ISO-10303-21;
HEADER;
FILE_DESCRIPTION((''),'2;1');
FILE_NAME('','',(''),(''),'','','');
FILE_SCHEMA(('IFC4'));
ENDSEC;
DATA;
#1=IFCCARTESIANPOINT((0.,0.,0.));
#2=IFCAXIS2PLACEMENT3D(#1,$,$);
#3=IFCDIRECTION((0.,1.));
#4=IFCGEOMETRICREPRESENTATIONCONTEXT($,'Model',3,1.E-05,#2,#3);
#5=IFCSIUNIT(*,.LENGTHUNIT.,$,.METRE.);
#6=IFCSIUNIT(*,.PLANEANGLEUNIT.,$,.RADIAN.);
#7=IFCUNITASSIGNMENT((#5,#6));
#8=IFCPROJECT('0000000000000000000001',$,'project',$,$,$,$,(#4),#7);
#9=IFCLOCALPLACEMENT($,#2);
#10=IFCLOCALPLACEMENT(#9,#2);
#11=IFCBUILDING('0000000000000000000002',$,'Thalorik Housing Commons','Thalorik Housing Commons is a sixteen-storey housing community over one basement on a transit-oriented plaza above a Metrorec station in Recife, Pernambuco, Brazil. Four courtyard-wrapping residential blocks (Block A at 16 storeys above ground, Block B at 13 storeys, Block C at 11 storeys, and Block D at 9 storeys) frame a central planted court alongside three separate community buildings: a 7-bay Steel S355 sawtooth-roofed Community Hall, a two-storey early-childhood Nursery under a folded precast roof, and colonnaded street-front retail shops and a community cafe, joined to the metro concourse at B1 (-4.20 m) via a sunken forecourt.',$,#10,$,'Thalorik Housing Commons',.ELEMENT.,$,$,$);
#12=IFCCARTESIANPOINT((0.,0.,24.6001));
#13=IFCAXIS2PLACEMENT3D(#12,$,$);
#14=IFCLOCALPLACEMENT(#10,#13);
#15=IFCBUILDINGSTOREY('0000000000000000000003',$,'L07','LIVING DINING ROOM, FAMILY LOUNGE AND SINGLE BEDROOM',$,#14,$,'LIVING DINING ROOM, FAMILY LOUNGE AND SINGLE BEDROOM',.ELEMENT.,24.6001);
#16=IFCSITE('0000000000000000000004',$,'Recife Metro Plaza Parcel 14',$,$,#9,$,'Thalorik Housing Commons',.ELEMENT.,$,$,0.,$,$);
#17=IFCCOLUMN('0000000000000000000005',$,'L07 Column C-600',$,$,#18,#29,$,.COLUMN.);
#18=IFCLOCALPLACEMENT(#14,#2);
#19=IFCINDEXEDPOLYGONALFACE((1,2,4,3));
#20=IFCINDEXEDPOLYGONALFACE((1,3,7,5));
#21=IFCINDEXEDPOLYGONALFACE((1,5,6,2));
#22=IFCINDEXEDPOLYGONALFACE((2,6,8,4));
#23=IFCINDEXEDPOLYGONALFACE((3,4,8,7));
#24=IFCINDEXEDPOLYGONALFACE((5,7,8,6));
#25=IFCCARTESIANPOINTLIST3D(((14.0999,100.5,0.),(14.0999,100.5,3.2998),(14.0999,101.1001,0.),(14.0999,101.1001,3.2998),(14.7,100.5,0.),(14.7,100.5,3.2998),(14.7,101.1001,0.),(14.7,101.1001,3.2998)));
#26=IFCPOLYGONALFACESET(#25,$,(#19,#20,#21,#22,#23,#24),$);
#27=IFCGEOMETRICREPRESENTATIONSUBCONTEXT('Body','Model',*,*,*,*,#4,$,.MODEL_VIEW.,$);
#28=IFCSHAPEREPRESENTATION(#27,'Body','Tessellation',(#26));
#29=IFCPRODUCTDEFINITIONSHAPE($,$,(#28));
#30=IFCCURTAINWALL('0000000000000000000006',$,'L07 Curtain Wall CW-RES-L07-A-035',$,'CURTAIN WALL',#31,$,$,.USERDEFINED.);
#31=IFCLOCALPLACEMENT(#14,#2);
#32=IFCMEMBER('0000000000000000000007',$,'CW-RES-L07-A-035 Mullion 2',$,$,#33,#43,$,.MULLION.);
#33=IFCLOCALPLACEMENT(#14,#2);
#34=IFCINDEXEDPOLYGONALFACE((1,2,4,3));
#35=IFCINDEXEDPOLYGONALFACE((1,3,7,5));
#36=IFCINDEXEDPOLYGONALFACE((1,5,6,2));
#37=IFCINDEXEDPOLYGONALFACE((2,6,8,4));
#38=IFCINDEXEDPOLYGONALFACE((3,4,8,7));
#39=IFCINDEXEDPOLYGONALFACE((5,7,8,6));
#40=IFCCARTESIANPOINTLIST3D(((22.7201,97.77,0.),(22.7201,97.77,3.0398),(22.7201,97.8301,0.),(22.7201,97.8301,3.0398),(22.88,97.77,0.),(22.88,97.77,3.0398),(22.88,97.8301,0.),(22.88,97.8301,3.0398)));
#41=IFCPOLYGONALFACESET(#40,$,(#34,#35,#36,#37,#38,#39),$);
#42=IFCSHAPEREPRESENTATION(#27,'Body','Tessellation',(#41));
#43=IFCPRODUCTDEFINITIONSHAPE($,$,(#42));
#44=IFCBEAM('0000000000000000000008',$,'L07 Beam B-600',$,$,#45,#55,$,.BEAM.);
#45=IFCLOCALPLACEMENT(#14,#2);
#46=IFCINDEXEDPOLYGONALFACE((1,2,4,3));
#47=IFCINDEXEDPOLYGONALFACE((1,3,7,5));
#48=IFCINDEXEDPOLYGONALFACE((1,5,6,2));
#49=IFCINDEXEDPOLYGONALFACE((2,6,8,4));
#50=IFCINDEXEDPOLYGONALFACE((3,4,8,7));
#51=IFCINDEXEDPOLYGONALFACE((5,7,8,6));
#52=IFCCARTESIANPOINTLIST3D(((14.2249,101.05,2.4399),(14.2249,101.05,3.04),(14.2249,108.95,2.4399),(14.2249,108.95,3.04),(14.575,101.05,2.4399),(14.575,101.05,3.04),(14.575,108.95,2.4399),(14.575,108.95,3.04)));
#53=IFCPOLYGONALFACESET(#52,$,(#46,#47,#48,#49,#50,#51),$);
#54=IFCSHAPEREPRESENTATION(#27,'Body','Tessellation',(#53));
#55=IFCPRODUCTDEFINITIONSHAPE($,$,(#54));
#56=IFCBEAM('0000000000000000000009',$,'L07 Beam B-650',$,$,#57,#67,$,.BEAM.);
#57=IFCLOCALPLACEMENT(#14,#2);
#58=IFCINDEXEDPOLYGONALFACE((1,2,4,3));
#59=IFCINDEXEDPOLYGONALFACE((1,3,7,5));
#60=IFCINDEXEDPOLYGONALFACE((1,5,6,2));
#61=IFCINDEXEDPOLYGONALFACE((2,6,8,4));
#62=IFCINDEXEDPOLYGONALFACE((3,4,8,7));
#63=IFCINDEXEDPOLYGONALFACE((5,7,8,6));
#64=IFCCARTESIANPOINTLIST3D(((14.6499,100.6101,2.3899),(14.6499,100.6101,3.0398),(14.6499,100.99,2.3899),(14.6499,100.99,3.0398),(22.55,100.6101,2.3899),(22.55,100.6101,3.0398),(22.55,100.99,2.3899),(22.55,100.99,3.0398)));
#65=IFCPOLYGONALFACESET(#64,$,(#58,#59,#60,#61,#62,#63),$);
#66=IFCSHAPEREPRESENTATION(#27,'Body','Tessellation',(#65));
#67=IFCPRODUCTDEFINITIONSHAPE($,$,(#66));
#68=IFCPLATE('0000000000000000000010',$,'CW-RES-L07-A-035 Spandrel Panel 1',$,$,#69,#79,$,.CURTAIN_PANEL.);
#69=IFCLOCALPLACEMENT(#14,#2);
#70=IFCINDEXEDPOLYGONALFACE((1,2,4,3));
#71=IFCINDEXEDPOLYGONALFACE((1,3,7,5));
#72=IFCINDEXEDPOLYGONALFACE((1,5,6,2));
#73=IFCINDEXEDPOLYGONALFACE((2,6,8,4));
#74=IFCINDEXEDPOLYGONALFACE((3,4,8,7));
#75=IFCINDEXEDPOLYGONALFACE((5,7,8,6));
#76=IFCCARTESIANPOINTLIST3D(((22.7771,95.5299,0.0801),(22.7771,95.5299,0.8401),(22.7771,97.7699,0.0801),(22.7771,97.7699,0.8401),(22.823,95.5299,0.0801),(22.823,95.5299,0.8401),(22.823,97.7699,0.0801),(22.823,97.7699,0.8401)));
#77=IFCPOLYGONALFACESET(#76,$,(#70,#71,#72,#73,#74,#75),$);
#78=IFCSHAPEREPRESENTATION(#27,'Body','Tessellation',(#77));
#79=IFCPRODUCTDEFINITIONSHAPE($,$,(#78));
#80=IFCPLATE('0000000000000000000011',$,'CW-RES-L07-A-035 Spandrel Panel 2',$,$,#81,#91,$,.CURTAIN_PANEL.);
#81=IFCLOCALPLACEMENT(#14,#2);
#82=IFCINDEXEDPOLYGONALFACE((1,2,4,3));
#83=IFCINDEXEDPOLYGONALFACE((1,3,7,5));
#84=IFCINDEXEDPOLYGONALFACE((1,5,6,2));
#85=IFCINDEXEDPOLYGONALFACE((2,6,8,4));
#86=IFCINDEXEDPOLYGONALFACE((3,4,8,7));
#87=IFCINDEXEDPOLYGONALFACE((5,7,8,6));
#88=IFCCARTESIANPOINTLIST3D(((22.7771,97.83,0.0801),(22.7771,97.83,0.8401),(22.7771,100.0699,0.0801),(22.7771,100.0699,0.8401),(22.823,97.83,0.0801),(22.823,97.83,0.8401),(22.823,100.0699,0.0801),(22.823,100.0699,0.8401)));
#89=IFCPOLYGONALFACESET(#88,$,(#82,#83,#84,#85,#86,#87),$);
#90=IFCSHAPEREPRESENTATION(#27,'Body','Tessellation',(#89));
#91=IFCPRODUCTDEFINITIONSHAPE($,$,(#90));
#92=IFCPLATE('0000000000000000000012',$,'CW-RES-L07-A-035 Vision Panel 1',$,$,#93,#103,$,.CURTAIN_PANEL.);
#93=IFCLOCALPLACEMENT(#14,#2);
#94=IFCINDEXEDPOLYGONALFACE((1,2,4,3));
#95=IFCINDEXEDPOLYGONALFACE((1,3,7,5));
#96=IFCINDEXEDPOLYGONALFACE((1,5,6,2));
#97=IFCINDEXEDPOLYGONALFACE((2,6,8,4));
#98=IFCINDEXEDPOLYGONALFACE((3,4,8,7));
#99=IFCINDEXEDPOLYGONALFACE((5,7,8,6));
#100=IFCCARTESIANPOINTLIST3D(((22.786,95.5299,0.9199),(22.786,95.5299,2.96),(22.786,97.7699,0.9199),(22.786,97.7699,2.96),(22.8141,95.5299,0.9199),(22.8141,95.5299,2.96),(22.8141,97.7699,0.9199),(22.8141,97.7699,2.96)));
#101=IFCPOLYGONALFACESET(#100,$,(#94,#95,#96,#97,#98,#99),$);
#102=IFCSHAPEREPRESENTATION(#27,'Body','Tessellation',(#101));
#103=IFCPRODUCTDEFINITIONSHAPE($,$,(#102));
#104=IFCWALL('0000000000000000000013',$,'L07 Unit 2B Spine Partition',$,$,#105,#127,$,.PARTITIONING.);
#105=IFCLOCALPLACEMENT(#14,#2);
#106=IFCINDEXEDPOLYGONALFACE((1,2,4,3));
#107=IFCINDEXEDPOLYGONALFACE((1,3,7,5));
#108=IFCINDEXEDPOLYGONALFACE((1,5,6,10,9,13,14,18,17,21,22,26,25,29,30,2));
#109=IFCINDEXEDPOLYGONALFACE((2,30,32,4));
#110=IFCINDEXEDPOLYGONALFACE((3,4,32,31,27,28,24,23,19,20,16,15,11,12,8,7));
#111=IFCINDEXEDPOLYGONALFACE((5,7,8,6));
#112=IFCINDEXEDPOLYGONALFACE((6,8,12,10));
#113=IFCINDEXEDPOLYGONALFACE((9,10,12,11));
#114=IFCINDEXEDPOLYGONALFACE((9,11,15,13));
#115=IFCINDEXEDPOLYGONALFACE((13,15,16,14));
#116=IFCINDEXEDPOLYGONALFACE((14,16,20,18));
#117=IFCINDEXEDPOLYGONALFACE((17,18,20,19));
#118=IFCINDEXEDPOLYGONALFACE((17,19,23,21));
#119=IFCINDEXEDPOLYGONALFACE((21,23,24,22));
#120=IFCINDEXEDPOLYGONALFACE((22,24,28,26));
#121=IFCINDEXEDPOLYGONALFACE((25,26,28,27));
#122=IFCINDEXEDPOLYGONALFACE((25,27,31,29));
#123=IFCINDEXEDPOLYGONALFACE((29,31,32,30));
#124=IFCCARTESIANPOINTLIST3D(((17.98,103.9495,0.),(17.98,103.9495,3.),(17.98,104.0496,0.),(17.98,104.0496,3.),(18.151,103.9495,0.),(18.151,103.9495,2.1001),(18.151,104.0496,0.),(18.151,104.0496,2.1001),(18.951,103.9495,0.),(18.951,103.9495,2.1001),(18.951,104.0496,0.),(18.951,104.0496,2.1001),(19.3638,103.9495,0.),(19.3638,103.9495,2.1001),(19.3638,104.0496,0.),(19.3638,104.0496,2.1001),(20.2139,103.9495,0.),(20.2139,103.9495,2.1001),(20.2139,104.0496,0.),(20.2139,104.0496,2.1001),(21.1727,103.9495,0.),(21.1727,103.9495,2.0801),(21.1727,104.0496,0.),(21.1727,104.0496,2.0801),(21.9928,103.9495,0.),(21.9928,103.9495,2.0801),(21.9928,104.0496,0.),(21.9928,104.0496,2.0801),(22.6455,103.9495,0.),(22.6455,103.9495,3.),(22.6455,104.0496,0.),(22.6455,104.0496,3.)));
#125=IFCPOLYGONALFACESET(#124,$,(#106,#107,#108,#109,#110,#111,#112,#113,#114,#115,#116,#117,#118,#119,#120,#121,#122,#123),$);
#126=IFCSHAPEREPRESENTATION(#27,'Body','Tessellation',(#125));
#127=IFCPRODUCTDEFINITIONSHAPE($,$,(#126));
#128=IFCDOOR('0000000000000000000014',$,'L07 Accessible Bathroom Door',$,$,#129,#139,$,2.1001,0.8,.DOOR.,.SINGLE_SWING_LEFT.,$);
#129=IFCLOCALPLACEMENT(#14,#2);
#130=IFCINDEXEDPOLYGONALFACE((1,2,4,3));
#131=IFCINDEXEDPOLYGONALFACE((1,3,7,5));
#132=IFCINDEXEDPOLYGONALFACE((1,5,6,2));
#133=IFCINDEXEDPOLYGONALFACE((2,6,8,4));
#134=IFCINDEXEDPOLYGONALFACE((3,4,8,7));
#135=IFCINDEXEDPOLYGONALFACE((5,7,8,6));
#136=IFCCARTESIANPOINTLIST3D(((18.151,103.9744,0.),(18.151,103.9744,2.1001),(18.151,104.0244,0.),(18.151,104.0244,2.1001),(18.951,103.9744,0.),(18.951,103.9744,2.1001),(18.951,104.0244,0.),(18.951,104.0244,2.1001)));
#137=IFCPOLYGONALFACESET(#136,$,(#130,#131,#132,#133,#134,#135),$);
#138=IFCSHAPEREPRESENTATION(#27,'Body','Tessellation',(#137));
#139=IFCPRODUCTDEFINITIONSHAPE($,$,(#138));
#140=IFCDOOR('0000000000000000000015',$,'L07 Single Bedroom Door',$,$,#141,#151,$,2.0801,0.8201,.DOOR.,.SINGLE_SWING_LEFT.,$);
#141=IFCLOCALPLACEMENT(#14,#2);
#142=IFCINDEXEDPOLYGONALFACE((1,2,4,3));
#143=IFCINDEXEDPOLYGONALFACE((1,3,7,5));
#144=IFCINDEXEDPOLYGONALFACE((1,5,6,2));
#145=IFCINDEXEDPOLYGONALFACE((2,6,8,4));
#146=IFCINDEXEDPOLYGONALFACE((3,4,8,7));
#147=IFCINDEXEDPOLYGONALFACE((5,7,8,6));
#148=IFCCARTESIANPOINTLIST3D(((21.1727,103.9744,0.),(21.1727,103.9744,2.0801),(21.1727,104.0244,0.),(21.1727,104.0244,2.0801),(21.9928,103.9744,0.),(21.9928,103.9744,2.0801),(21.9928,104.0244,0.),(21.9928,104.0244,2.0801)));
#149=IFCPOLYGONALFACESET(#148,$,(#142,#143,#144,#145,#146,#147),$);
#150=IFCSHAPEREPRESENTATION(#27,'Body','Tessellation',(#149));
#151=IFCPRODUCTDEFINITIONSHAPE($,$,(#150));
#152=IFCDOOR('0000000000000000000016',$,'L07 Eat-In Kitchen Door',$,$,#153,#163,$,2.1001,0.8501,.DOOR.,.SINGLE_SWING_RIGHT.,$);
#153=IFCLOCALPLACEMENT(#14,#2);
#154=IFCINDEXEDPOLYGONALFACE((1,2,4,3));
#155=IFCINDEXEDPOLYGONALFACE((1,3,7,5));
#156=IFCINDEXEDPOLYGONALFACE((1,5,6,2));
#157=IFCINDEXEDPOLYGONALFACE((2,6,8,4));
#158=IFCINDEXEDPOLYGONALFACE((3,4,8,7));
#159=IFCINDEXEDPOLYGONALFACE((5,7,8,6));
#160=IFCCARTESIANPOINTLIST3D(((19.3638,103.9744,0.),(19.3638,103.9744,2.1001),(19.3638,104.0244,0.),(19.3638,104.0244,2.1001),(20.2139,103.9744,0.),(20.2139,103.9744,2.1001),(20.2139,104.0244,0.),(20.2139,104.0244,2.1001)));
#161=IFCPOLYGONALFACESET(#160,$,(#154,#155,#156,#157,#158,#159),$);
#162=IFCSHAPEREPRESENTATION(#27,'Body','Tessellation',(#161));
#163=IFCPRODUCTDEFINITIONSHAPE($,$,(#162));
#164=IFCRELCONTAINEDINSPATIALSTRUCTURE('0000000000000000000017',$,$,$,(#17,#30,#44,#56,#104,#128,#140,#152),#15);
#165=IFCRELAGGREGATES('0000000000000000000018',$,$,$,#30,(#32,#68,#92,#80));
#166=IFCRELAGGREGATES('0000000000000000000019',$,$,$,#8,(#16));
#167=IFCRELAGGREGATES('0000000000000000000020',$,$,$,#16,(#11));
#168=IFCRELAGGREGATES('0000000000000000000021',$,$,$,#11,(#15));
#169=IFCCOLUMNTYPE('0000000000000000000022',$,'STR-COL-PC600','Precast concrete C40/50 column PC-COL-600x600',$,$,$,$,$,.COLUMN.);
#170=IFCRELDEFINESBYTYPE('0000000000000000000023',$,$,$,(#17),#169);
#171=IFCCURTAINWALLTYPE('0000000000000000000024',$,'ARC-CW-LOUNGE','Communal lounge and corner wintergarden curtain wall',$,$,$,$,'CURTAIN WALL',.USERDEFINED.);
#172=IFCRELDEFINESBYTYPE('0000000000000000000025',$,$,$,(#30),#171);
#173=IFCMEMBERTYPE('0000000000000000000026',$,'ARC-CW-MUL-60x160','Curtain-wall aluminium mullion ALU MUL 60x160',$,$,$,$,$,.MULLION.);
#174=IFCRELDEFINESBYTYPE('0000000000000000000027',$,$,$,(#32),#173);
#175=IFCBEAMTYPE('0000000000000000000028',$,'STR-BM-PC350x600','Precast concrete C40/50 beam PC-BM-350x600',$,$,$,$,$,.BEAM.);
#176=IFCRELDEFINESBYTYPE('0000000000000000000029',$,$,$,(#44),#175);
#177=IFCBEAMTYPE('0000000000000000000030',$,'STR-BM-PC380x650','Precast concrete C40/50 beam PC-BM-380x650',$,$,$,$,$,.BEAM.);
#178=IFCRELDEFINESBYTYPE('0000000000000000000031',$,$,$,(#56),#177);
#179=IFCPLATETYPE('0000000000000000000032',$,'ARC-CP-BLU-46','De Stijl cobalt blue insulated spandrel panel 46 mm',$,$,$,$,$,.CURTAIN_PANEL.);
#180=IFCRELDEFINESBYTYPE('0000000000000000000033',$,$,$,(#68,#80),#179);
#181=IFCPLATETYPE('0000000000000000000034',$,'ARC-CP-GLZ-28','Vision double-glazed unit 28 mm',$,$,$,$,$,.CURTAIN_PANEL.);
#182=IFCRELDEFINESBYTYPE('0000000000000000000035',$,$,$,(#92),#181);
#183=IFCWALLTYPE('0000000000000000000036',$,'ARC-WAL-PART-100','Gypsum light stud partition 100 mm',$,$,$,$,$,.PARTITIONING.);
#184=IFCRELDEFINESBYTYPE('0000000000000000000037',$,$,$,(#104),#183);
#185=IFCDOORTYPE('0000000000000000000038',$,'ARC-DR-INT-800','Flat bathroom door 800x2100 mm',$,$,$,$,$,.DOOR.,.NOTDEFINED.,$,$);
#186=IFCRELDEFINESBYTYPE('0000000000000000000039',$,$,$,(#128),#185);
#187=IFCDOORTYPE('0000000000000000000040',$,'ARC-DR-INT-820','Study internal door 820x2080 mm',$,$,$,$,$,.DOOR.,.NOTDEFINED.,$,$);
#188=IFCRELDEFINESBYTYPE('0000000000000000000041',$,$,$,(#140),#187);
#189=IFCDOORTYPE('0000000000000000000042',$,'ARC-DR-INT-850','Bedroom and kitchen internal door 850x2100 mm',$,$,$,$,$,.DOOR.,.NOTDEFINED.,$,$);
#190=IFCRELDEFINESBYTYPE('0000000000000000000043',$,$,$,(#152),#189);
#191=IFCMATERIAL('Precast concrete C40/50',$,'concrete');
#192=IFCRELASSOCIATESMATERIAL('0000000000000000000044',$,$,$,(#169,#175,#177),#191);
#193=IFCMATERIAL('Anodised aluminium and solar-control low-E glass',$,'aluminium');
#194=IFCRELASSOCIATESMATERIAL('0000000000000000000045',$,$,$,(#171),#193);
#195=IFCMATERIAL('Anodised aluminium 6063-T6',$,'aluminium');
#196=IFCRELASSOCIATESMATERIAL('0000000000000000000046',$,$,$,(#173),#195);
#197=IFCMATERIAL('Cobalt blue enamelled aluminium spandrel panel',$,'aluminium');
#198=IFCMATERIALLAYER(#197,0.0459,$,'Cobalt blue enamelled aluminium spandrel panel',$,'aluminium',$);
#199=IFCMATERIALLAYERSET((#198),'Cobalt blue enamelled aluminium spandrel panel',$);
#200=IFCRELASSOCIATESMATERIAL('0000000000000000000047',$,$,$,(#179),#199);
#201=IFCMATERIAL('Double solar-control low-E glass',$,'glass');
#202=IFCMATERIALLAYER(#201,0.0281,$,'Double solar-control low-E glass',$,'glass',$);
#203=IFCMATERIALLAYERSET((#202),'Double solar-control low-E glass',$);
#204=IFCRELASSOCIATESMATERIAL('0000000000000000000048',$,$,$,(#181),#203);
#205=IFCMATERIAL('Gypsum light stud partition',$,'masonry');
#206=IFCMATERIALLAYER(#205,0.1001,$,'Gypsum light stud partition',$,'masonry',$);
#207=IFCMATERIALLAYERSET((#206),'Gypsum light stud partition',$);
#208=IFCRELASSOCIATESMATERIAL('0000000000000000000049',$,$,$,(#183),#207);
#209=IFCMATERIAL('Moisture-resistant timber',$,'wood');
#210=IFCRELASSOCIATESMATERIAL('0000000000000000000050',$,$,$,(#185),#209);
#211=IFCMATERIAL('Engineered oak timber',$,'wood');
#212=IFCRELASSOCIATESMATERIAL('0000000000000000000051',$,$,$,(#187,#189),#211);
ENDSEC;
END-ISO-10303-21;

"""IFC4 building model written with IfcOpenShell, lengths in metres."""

from ifc_helpers import new_model, si_unit, direction, frame, frame_2d, origin, origin_2d, place, context, subcontext, project, spatial, rectangle, extrude, material, layer, layer_set, material_profile, profile_set, type_object, element, fill, aggregate, save


model = new_model("IFC4")

# Units and contexts
model_context = context("Model", 3, precision=1e-05, world=origin(), true_north=direction((0.0, 1.0)))
body_context = subcontext(model_context, "Body", "Model", "MODEL_VIEW")
ifc_project = project(units=[si_unit("LENGTHUNIT", "METRE"), si_unit("PLANEANGLEUNIT", "RADIAN")], contexts=[model_context])

# Site, building, storey
site_placement = place(None, origin())
site = spatial("IfcSite", under=ifc_project, at=site_placement, Name="Recife Metro Plaza Parcel 14", LongName="Thalorik Housing Commons", CompositionType="ELEMENT", RefElevation=0.0)
building_placement = place(site_placement, origin())
building = spatial("IfcBuilding", under=site, at=building_placement, Name="Thalorik Housing Commons", Description="Thalorik Housing Commons is a sixteen-storey housing community over one basement on a transit-oriented plaza above a Metrorec station in Recife, Pernambuco, Brazil. Four courtyard-wrapping residential blocks (Block A at 16 storeys above ground, Block B at 13 storeys, Block C at 11 storeys, and Block D at 9 storeys) frame a central planted court alongside three separate community buildings: a 7-bay Steel S355 sawtooth-roofed Community Hall, a two-storey early-childhood Nursery under a folded precast roof, and colonnaded street-front retail shops and a community cafe, joined to the metro concourse at B1 (-4.20 m) via a sunken forecourt.", LongName="Thalorik Housing Commons", CompositionType="ELEMENT")
storey_placement = place(building_placement, frame((0.0, 0.0, 24.6001)))
storey = spatial("IfcBuildingStorey", under=building, at=storey_placement, Name="L07", Description="LIVING DINING ROOM, FAMILY LOUNGE AND SINGLE BEDROOM", LongName="LIVING DINING ROOM, FAMILY LOUNGE AND SINGLE BEDROOM", CompositionType="ELEMENT", Elevation=24.6001)

# Column
ifc_material_1 = material(Name="Precast concrete C40/50", Category="concrete")
ifc_material_profile_1 = material_profile(ifc_material_1, rectangle(XDim=0.6001, YDim=0.6001, at=origin_2d()), Name="PC 600x600", Category="concrete")
ifc_profile_set_1 = profile_set([ifc_material_profile_1], Name="Precast concrete C40/50")
column_type = type_object("IfcColumnType", Name="STR-COL-PC600", Description="Precast concrete C40/50 column PC-COL-600x600", PredefinedType="COLUMN", material=ifc_profile_set_1)
column_placement = place(storey_placement, frame((14.3999, 100.8, 0.0), z_axis=(0.0, 0.0, 1.0), x_axis=(1.0, 0.0, 0.0)))
element("IfcColumn", 1, at=column_placement, inside=storey, type_object=column_type, Name="L07 Column C-600", PredefinedType="COLUMN", context=body_context, shape_type="SweptSolid", body=[
    extrude(rectangle(XDim=0.6001, YDim=0.6001, at=origin_2d()), origin(), (0.0, 0.0, 1.0), 3.2998),
])

# Curtain wall, member
ifc_material_2 = material(Name="Anodised aluminium and solar-control low-E glass", Category="aluminium")
curtain_wall_type = type_object("IfcCurtainWallType", Name="ARC-CW-LOUNGE", Description="Communal lounge and corner wintergarden curtain wall", ElementType="CURTAIN WALL", PredefinedType="USERDEFINED", material=ifc_material_2)
curtain_wall_placement = place(storey_placement, origin())
curtain_wall = element("IfcCurtainWall", 2, at=curtain_wall_placement, inside=storey, type_object=curtain_wall_type, Name="L07 Curtain Wall CW-RES-L07-A-035", ObjectType="CURTAIN WALL", PredefinedType="USERDEFINED")
ifc_material_3 = material(Name="Anodised aluminium 6063-T6", Category="aluminium")
ifc_material_profile_2 = material_profile(ifc_material_3, rectangle(XDim=0.0601, YDim=0.1599, at=origin_2d()), Name="ALU MUL 60x160", Category="aluminium")
ifc_profile_set_2 = profile_set([ifc_material_profile_2], Name="Anodised aluminium 6063-T6")
member_type = type_object("IfcMemberType", Name="ARC-CW-MUL-60x160", Description="Curtain-wall aluminium mullion ALU MUL 60x160", PredefinedType="MULLION", material=ifc_profile_set_2)
member_placement = place(storey_placement, frame((22.8, 97.8, 0.0), z_axis=(0.0, 0.0, 1.0), x_axis=(0.0, 1.0, 0.0)))
member = element("IfcMember", 3, at=member_placement, type_object=member_type, Name="CW-RES-L07-A-035 Mullion 2", PredefinedType="MULLION", context=body_context, shape_type="SweptSolid", body=[
    extrude(rectangle(XDim=0.0601, YDim=0.1599, at=origin_2d()), origin(), (0.0, 0.0, 1.0), 3.0398),
])

# Beams
ifc_material_profile_3 = material_profile(ifc_material_1, rectangle(XDim=0.3501, YDim=0.6001, at=origin_2d()), Name="PC 350x600", Category="concrete")
ifc_profile_set_3 = profile_set([ifc_material_profile_3], Name="Precast concrete C40/50")
beam_type_1 = type_object("IfcBeamType", Name="STR-BM-PC350x600", Description="Precast concrete C40/50 beam PC-BM-350x600", PredefinedType="BEAM", material=ifc_profile_set_3)
beam_1_placement = place(storey_placement, frame((14.3999, 101.05, 2.74), z_axis=(0.0, 1.0, 0.0), x_axis=(-1.0, 0.0, 0.0)))
element("IfcBeam", 4, at=beam_1_placement, inside=storey, type_object=beam_type_1, Name="L07 Beam B-600", PredefinedType="BEAM", context=body_context, shape_type="SweptSolid", body=[
    extrude(rectangle(XDim=0.3501, YDim=0.6001, at=origin_2d()), origin(), (0.0, 0.0, 1.0), 7.8999),
])
ifc_material_profile_4 = material_profile(ifc_material_1, rectangle(XDim=0.3799, YDim=0.6499, at=origin_2d()), Name="PC 380x650", Category="concrete")
ifc_profile_set_4 = profile_set([ifc_material_profile_4], Name="Precast concrete C40/50")
beam_type_2 = type_object("IfcBeamType", Name="STR-BM-PC380x650", Description="Precast concrete C40/50 beam PC-BM-380x650", PredefinedType="BEAM", material=ifc_profile_set_4)
beam_2_placement = place(storey_placement, frame((14.6499, 100.8, 2.7148), z_axis=(1.0, 0.0, 0.0), x_axis=(0.0, 1.0, 0.0)))
element("IfcBeam", 5, at=beam_2_placement, inside=storey, type_object=beam_type_2, Name="L07 Beam B-650", PredefinedType="BEAM", context=body_context, shape_type="SweptSolid", body=[
    extrude(rectangle(XDim=0.3799, YDim=0.6499, at=origin_2d()), origin(), (0.0, 0.0, 1.0), 7.9001),
])

# Plates
ifc_material_4 = material(Name="Cobalt blue enamelled aluminium spandrel panel", Category="aluminium")
ifc_layer_1 = layer(ifc_material_4, 0.0459, Name="Cobalt blue enamelled aluminium spandrel panel", Category="aluminium")
ifc_layer_set_1 = layer_set([ifc_layer_1], Name="Cobalt blue enamelled aluminium spandrel panel")
plate_type_1 = type_object("IfcPlateType", Name="ARC-CP-BLU-46", Description="De Stijl cobalt blue insulated spandrel panel 46 mm", PredefinedType="CURTAIN_PANEL", material=ifc_layer_set_1)
plate_1_placement = place(storey_placement, frame((22.8, 96.6499, 0.0801), z_axis=(0.0, 0.0, 1.0), x_axis=(0.0, 1.0, 0.0)))
plate_1 = element("IfcPlate", 6, at=plate_1_placement, type_object=plate_type_1, Name="CW-RES-L07-A-035 Spandrel Panel 1", PredefinedType="CURTAIN_PANEL", context=body_context, shape_type="SweptSolid", body=[
    extrude(rectangle(XDim=2.24, YDim=0.0459, at=origin_2d()), origin(), (0.0, 0.0, 1.0), 0.76),
])
plate_2_placement = place(storey_placement, frame((22.8, 98.95, 0.0801), z_axis=(0.0, 0.0, 1.0), x_axis=(0.0, 1.0, 0.0)))
plate_2 = element("IfcPlate", 7, at=plate_2_placement, type_object=plate_type_1, Name="CW-RES-L07-A-035 Spandrel Panel 2", PredefinedType="CURTAIN_PANEL", context=body_context, shape_type="SweptSolid", body=[
    extrude(rectangle(XDim=2.24, YDim=0.0459, at=origin_2d()), origin(), (0.0, 0.0, 1.0), 0.76),
])
ifc_material_5 = material(Name="Double solar-control low-E glass", Category="glass")
ifc_layer_2 = layer(ifc_material_5, 0.0281, Name="Double solar-control low-E glass", Category="glass")
ifc_layer_set_2 = layer_set([ifc_layer_2], Name="Double solar-control low-E glass")
plate_type_2 = type_object("IfcPlateType", Name="ARC-CP-GLZ-28", Description="Vision double-glazed unit 28 mm", PredefinedType="CURTAIN_PANEL", material=ifc_layer_set_2)
plate_3_placement = place(storey_placement, frame((22.8, 96.6499, 0.9199), z_axis=(0.0, 0.0, 1.0), x_axis=(0.0, 1.0, 0.0)))
plate_3 = element("IfcPlate", 8, at=plate_3_placement, type_object=plate_type_2, Name="CW-RES-L07-A-035 Vision Panel 1", PredefinedType="CURTAIN_PANEL", context=body_context, shape_type="SweptSolid", body=[
    extrude(rectangle(XDim=2.24, YDim=0.0281, at=origin_2d()), origin(), (0.0, 0.0, 1.0), 2.04),
])
aggregate(curtain_wall, [member, plate_1, plate_3, plate_2])

# Wall, openings, doors
ifc_material_6 = material(Name="Gypsum light stud partition", Category="masonry")
ifc_layer_3 = layer(ifc_material_6, 0.1001, Name="Gypsum light stud partition", Category="masonry")
ifc_layer_set_3 = layer_set([ifc_layer_3], Name="Gypsum light stud partition")
wall_type_1 = type_object("IfcWallType", Name="ARC-WAL-PART-100", Description="Gypsum light stud partition 100 mm", PredefinedType="PARTITIONING", material=ifc_layer_set_3)
wall_1_placement = place(storey_placement, frame((17.98, 103.9995, 0.0), z_axis=(0.0, 0.0, 1.0), x_axis=(1.0, 0.0, 0.0)))
wall_1 = element("IfcWall", 9, at=wall_1_placement, inside=storey, type_object=wall_type_1, Name="L07 Unit 2B Spine Partition", PredefinedType="PARTITIONING", context=body_context, shape_type="SweptSolid", body=[
    extrude(rectangle(XDim=4.6655, YDim=0.1001, at=frame_2d((2.3328, 0.0))), origin(), (0.0, 0.0, 1.0), 3.0),
])
opening_1_placement = place(wall_1_placement, frame((0.1711, 0.0, 0.0)))
opening_1 = element("IfcOpeningElement", 10, at=opening_1_placement, cuts=wall_1, PredefinedType="OPENING", context=body_context, shape_type="SweptSolid", body=[
    extrude(rectangle(XDim=0.8, YDim=2.1001, at=frame_2d((0.3999, 1.05))), frame((0.0, 0.0601, 0.0), z_axis=(0.0, -1.0, 0.0), x_axis=(1.0, 0.0, 0.0)), (0.0, 0.0, 1.0), 0.1201),
])
opening_2_placement = place(wall_1_placement, frame((1.3838, 0.0, 0.0)))
opening_2 = element("IfcOpeningElement", 11, at=opening_2_placement, cuts=wall_1, PredefinedType="OPENING", context=body_context, shape_type="SweptSolid", body=[
    extrude(rectangle(XDim=0.8501, YDim=2.1001, at=frame_2d((0.425, 1.05))), frame((0.0, 0.0601, 0.0), z_axis=(0.0, -1.0, 0.0), x_axis=(1.0, 0.0, 0.0)), (0.0, 0.0, 1.0), 0.1201),
])
opening_3_placement = place(wall_1_placement, frame((3.1926, 0.0, 0.0)))
opening_3 = element("IfcOpeningElement", 12, at=opening_3_placement, cuts=wall_1, PredefinedType="OPENING", context=body_context, shape_type="SweptSolid", body=[
    extrude(rectangle(XDim=0.8201, YDim=2.0801, at=frame_2d((0.4102, 1.04))), frame((0.0, 0.0601, 0.0), z_axis=(0.0, -1.0, 0.0), x_axis=(1.0, 0.0, 0.0)), (0.0, 0.0, 1.0), 0.1201),
])
ifc_material_7 = material(Name="Moisture-resistant timber", Category="wood")
door_type_1 = type_object("IfcDoorType", Name="ARC-DR-INT-800", Description="Flat bathroom door 800x2100 mm", OperationType="NOTDEFINED", PredefinedType="DOOR", material=ifc_material_7)
door_1_placement = place(opening_1_placement, origin())
door_1 = element("IfcDoor", 13, at=door_1_placement, inside=storey, type_object=door_type_1, Name="L07 Accessible Bathroom Door", OperationType="SINGLE_SWING_LEFT", OverallHeight=2.1001, OverallWidth=0.8, PredefinedType="DOOR", context=body_context, shape_type="SweptSolid", body=[
    extrude(rectangle(XDim=0.8, YDim=2.1001, at=frame_2d((0.3999, 1.05))), frame((0.0, 0.0249, 0.0), z_axis=(0.0, -1.0, 0.0), x_axis=(1.0, 0.0, 0.0)), (0.0, 0.0, 1.0), 0.05),
])
fill(opening_1, door_1)
ifc_material_8 = material(Name="Engineered oak timber", Category="wood")
door_type_2 = type_object("IfcDoorType", Name="ARC-DR-INT-820", Description="Study internal door 820x2080 mm", OperationType="NOTDEFINED", PredefinedType="DOOR", material=ifc_material_8)
door_2_placement = place(opening_3_placement, origin())
door_2 = element("IfcDoor", 14, at=door_2_placement, inside=storey, type_object=door_type_2, Name="L07 Single Bedroom Door", OperationType="SINGLE_SWING_LEFT", OverallHeight=2.0801, OverallWidth=0.8201, PredefinedType="DOOR", context=body_context, shape_type="SweptSolid", body=[
    extrude(rectangle(XDim=0.8201, YDim=2.0801, at=frame_2d((0.4102, 1.04))), frame((0.0, 0.0249, 0.0), z_axis=(0.0, -1.0, 0.0), x_axis=(1.0, 0.0, 0.0)), (0.0, 0.0, 1.0), 0.05),
])
fill(opening_3, door_2)
door_type_3 = type_object("IfcDoorType", Name="ARC-DR-INT-850", Description="Bedroom and kitchen internal door 850x2100 mm", OperationType="NOTDEFINED", PredefinedType="DOOR", material=ifc_material_8)
door_3_placement = place(opening_2_placement, origin())
door_3 = element("IfcDoor", 15, at=door_3_placement, inside=storey, type_object=door_type_3, Name="L07 Eat-In Kitchen Door", OperationType="SINGLE_SWING_RIGHT", OverallHeight=2.1001, OverallWidth=0.8501, PredefinedType="DOOR", context=body_context, shape_type="SweptSolid", body=[
    extrude(rectangle(XDim=0.8501, YDim=2.1001, at=frame_2d((0.425, 1.05))), frame((0.0, 0.0249, 0.0), z_axis=(0.0, -1.0, 0.0), x_axis=(1.0, 0.0, 0.0)), (0.0, 0.0, 1.0), 0.05),
])
fill(opening_2, door_3)

save(model, "model.ifc")
